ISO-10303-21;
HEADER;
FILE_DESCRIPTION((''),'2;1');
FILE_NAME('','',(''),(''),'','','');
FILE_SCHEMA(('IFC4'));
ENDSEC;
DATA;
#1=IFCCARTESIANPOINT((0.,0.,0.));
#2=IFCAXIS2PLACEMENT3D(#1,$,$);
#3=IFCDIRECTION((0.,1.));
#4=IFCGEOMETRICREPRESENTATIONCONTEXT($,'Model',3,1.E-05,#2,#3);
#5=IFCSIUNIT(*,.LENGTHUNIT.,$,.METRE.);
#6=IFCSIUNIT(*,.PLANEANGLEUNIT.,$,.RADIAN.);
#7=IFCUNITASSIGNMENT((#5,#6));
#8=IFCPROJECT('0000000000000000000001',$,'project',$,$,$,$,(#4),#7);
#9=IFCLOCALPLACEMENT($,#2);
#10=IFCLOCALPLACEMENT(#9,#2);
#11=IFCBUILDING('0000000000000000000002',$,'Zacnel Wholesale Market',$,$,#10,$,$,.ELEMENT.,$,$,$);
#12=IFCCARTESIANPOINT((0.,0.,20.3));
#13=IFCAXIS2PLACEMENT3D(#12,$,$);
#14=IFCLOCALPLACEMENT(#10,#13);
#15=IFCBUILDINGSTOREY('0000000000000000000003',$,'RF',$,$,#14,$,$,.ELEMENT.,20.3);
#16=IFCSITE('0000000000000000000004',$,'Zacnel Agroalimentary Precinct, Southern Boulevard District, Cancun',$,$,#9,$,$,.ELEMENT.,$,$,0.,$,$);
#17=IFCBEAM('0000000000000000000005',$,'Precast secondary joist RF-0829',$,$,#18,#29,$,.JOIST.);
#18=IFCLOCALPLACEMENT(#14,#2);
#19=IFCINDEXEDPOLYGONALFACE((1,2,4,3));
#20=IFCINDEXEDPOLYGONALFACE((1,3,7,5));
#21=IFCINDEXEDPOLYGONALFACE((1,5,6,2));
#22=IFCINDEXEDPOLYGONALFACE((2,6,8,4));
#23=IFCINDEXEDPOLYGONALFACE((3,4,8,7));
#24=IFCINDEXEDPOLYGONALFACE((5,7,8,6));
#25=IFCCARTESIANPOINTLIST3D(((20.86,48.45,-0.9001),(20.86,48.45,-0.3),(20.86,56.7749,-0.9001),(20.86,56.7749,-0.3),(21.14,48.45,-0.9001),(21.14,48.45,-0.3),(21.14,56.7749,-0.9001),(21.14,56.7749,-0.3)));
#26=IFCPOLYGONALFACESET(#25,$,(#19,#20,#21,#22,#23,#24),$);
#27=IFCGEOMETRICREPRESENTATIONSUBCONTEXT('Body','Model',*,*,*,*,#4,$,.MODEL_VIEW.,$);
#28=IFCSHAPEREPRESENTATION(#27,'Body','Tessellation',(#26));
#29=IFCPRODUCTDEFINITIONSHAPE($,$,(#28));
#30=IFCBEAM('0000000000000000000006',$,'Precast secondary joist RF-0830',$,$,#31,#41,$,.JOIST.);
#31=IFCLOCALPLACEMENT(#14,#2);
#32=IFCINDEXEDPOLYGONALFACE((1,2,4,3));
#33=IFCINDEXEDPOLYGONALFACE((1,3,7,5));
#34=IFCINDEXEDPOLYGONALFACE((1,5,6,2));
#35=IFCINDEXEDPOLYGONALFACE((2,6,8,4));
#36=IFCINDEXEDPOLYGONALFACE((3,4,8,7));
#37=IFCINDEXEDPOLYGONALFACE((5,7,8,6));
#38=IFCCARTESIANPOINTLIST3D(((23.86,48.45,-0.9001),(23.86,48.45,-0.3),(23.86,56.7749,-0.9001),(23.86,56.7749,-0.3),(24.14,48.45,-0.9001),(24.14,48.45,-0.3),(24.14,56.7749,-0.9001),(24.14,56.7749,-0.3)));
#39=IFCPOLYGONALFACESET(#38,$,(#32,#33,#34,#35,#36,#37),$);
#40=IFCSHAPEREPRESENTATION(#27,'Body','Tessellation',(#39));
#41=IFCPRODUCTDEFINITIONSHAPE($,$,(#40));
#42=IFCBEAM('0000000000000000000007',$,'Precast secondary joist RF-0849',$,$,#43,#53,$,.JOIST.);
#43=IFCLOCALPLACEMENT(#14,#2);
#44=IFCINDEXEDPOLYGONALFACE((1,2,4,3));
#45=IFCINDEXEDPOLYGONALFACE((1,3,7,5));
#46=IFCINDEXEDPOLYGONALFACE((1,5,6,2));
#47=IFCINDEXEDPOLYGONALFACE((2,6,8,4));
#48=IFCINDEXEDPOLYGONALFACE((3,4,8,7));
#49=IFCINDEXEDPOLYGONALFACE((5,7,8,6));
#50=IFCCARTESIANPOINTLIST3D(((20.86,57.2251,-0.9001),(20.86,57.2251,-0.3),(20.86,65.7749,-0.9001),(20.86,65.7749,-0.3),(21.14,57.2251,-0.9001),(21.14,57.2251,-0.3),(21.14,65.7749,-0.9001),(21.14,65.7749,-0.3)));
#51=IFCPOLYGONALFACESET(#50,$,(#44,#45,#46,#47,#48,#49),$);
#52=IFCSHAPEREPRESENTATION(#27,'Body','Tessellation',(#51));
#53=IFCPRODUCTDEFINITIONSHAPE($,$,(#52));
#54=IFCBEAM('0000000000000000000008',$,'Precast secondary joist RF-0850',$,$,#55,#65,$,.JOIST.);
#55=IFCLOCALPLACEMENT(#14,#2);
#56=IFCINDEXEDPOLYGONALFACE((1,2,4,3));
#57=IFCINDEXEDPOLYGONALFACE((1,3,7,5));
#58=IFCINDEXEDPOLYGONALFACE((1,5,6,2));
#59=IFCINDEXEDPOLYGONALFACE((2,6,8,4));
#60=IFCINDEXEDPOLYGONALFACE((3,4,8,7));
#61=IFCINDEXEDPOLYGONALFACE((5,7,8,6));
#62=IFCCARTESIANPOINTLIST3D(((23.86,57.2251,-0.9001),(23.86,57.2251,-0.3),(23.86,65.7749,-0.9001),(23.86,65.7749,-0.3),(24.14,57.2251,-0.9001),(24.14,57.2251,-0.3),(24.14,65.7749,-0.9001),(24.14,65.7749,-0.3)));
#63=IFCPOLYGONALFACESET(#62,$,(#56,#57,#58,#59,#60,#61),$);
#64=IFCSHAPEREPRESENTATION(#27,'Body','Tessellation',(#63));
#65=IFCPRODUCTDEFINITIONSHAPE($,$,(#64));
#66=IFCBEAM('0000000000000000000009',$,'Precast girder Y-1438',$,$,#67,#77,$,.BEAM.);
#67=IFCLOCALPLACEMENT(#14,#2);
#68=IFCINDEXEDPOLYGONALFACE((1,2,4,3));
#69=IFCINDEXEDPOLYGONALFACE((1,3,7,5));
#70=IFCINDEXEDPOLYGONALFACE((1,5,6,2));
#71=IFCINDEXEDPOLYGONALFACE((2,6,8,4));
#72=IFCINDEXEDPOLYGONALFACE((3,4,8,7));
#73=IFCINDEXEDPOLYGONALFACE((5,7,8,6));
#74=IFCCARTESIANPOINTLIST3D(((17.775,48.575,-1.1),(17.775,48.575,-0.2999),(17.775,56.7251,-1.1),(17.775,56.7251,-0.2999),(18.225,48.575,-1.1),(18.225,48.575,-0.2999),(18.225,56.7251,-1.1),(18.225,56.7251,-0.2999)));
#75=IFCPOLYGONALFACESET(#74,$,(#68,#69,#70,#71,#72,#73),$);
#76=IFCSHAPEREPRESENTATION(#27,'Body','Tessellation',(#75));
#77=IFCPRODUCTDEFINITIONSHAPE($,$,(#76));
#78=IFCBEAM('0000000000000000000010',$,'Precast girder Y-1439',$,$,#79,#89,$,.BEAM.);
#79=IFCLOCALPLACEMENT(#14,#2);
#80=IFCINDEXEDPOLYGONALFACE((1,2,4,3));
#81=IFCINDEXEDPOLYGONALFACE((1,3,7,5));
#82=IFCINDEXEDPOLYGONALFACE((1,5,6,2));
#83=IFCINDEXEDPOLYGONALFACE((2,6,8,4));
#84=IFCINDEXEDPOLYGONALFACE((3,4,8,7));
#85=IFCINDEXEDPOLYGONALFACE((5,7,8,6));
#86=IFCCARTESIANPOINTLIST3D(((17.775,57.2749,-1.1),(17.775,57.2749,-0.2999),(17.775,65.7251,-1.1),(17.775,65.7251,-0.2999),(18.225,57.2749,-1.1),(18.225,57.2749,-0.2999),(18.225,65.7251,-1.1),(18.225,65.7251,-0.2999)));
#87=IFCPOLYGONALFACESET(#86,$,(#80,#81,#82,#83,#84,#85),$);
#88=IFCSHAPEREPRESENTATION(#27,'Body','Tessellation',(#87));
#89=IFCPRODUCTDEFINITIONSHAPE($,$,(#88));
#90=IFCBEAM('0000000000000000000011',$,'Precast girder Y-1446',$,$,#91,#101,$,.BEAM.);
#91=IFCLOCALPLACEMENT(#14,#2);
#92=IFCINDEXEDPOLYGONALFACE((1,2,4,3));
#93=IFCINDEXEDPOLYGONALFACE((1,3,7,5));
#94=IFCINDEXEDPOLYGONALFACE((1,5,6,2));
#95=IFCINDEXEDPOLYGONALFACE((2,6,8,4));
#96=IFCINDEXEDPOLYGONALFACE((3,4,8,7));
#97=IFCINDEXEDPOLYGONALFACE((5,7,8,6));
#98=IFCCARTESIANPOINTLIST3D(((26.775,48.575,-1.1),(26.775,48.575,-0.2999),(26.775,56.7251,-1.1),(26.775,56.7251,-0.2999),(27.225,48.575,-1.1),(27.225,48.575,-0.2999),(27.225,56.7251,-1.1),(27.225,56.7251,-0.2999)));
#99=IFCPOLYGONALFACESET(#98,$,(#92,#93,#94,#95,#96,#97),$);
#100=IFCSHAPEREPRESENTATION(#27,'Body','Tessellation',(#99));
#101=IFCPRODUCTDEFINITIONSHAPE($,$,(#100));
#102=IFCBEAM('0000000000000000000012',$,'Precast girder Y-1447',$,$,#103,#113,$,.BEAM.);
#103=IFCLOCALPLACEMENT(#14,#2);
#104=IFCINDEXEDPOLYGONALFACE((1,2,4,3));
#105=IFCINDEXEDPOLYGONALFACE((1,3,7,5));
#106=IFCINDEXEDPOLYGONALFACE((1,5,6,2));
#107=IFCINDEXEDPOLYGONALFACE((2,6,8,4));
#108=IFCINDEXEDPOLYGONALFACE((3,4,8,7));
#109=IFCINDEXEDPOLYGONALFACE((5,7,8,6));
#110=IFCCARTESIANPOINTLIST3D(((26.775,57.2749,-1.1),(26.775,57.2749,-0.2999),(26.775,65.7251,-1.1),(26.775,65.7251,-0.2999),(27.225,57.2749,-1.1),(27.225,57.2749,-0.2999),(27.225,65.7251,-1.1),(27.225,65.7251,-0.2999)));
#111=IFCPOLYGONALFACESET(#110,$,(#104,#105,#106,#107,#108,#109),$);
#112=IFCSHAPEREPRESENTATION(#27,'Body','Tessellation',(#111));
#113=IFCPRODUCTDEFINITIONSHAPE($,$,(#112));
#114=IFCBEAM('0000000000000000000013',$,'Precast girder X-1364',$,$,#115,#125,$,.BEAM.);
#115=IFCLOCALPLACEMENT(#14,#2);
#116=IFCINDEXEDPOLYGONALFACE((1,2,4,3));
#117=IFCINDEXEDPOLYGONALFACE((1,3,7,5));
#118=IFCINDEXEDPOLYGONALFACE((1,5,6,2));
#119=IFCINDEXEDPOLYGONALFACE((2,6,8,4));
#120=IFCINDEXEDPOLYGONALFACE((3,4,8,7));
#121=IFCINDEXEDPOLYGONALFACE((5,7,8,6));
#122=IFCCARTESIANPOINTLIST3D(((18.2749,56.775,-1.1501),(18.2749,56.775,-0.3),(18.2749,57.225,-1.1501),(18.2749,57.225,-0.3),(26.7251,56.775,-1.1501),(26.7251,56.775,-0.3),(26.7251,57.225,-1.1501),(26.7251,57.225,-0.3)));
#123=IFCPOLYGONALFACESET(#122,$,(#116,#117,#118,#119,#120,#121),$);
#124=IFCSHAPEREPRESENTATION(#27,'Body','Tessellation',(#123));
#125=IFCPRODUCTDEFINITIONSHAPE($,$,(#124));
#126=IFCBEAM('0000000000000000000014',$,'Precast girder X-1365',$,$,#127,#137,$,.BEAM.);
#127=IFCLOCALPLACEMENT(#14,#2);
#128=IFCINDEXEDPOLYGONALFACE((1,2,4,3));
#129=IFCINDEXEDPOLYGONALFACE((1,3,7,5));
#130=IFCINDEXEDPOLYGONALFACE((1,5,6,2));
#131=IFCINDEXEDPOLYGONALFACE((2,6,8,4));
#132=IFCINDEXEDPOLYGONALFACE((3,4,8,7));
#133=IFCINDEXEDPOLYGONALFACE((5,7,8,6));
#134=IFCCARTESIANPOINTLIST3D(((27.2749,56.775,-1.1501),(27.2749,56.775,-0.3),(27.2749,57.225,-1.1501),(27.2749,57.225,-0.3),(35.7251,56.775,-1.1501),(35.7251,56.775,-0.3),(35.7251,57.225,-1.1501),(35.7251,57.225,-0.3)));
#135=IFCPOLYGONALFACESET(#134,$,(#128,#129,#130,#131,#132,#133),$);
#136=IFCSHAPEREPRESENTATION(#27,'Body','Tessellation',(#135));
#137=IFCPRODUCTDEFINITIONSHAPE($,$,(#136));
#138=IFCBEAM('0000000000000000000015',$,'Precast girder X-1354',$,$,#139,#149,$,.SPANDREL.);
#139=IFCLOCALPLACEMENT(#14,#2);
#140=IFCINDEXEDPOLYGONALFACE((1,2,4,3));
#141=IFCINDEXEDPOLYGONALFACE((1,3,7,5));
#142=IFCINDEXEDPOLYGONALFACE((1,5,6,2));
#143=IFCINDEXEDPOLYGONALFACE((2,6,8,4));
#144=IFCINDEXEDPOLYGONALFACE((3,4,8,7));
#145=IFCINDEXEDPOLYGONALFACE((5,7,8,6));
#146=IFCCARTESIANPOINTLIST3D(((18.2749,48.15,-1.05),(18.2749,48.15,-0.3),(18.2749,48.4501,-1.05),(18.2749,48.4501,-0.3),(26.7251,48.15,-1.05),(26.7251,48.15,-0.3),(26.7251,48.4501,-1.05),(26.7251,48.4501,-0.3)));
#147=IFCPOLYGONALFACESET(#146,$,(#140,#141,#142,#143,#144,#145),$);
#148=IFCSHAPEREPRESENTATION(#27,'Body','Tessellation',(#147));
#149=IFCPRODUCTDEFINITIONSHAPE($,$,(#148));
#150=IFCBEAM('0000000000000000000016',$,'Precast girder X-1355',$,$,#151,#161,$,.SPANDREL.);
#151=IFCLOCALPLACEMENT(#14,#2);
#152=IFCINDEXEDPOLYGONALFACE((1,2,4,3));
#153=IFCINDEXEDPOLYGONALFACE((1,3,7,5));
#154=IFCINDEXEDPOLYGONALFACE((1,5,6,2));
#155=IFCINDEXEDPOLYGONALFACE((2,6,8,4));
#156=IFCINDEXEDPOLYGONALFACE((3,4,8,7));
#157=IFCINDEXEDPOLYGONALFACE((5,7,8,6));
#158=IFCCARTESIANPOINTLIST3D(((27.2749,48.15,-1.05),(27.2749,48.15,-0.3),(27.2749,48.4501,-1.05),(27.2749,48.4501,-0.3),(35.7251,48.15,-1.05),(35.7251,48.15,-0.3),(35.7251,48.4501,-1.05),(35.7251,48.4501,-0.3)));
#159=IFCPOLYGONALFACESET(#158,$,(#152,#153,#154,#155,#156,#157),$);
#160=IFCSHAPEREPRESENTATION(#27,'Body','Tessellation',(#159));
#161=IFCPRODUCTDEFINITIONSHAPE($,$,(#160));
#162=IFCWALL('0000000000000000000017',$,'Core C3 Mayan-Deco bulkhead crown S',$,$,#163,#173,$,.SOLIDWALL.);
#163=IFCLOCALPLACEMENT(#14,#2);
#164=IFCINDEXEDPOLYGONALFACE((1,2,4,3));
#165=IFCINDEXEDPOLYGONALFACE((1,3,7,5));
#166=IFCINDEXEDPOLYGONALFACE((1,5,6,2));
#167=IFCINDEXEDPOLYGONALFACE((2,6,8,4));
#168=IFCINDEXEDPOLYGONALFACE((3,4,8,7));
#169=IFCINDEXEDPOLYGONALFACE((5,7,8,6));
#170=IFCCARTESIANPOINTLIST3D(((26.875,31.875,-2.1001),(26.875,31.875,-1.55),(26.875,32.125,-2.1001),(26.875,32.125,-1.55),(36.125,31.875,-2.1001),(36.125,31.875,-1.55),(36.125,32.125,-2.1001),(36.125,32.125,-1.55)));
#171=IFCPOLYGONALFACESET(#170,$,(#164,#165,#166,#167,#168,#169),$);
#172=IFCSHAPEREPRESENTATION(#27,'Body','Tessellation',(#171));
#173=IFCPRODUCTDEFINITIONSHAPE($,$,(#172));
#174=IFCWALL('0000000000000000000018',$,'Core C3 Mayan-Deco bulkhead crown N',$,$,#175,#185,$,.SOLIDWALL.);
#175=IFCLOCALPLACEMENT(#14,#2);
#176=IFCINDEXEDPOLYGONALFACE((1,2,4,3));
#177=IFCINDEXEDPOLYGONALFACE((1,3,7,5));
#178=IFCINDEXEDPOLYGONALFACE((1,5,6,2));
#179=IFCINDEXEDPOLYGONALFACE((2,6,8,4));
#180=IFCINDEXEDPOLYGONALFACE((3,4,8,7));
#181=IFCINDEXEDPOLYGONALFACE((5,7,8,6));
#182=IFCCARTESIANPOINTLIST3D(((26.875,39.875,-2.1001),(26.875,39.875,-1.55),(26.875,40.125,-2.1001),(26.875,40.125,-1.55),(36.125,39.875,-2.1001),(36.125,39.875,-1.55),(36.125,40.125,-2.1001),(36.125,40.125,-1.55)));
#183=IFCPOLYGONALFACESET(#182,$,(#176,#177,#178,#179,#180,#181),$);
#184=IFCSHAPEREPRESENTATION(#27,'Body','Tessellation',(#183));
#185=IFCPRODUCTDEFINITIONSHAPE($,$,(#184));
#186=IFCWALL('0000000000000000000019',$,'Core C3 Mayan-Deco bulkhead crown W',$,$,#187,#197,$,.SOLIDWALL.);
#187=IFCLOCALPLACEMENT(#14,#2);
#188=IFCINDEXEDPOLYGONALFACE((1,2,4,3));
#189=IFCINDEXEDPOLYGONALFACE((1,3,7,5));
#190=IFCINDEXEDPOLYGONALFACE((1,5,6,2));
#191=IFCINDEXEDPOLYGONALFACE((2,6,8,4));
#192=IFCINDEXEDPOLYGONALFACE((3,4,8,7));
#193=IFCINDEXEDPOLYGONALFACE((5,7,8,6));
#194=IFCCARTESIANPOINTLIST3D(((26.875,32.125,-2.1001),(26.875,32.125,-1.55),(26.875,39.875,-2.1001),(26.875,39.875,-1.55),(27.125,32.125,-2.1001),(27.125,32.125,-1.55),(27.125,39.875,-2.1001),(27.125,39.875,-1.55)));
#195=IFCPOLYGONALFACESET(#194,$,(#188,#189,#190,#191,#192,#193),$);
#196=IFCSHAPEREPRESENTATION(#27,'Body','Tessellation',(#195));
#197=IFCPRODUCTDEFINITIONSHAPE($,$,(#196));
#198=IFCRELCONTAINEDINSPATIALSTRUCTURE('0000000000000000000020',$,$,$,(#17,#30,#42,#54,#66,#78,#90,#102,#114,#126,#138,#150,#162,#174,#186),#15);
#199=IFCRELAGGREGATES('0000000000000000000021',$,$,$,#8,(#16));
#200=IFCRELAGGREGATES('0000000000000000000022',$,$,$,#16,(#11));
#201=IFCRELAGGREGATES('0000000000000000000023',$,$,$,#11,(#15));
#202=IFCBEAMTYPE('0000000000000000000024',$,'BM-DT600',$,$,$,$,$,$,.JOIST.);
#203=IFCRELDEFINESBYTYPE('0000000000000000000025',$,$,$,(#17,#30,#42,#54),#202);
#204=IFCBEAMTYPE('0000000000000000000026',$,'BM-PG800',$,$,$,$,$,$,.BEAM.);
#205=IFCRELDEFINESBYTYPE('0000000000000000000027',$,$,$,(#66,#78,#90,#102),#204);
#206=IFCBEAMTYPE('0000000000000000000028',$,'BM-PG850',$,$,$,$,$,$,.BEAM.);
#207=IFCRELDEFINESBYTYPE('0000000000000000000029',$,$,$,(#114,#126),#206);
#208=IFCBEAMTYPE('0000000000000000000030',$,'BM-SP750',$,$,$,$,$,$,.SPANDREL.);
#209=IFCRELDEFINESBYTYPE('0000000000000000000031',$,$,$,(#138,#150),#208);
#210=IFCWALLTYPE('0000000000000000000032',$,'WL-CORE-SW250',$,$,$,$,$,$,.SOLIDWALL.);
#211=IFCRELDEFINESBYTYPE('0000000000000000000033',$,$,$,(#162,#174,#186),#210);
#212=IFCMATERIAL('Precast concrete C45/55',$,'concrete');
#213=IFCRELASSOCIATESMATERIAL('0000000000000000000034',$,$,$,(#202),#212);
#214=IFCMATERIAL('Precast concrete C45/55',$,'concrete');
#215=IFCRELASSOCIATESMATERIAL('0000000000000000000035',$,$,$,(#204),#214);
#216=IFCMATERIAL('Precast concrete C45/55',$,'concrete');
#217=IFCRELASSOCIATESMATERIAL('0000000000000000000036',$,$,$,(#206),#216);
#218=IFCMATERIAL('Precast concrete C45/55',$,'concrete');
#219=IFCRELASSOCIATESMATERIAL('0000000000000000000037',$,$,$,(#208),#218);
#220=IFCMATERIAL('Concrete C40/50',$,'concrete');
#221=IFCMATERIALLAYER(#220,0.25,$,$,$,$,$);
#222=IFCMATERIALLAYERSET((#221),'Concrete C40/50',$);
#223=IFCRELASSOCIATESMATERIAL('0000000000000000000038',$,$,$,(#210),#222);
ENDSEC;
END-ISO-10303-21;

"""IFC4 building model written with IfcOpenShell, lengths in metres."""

from ifc_helpers import new_model, si_unit, direction, frame, frame_2d, origin, origin_2d, place, context, subcontext, project, spatial, rectangle, extrude, material, layer, layer_set, material_profile, profile_set, type_object, element, save


model = new_model("IFC4")

# Units and contexts
model_context = context("Model", 3, precision=1e-05, world=origin(), true_north=direction((0.0, 1.0)))
body_context = subcontext(model_context, "Body", "Model", "MODEL_VIEW")
ifc_project = project(units=[si_unit("LENGTHUNIT", "METRE"), si_unit("PLANEANGLEUNIT", "RADIAN")], contexts=[model_context])

# Site, building, storey
site_placement = place(None, origin())
site = spatial("IfcSite", under=ifc_project, at=site_placement, Name="Zacnel Agroalimentary Precinct, Southern Boulevard District, Cancun", CompositionType="ELEMENT", RefElevation=0.0)
building_placement = place(site_placement, origin())
building = spatial("IfcBuilding", under=site, at=building_placement, Name="Zacnel Wholesale Market", CompositionType="ELEMENT")
storey_placement = place(building_placement, frame((0.0, 0.0, 20.3)))
storey = spatial("IfcBuildingStorey", under=building, at=storey_placement, Name="RF", CompositionType="ELEMENT", Elevation=20.3)

# Beams
ifc_material_1 = material(Name="Precast concrete C45/55", Category="concrete")
ifc_material_profile_1 = material_profile(ifc_material_1, rectangle(XDim=0.28, YDim=0.6001, at=origin_2d()), Name="DT RIB 280x600")
ifc_profile_set_1 = profile_set([ifc_material_profile_1], Name="Precast concrete C45/55")
beam_type_1 = type_object("IfcBeamType", Name="BM-DT600", PredefinedType="JOIST", material=ifc_profile_set_1)
for number, where, z_axis, x_axis, name in (
    (1, (21.0, 48.45, -0.6001), (0.0, 1.0, 0.0), (-1.0, 0.0, 0.0), "Precast secondary joist RF-0829"),
    (2, (24.0, 48.45, -0.6001), (0.0, 1.0, 0.0), (-1.0, 0.0, 0.0), "Precast secondary joist RF-0830"),
):
    element("IfcBeam", number, at=place(storey_placement, frame(where, z_axis=z_axis, x_axis=x_axis)), inside=storey, type_object=beam_type_1, Name=name, PredefinedType="JOIST", context=body_context, shape_type="SweptSolid", body=[
        extrude(rectangle(XDim=0.28, YDim=0.6001, at=origin_2d()), origin(), (0.0, 0.0, 1.0), 8.325),
    ])
for number, where, z_axis, x_axis, name in (
    (3, (21.0, 57.2251, -0.6001), (0.0, 1.0, 0.0), (-1.0, 0.0, 0.0), "Precast secondary joist RF-0849"),
    (4, (24.0, 57.2251, -0.6001), (0.0, 1.0, 0.0), (-1.0, 0.0, 0.0), "Precast secondary joist RF-0850"),
):
    element("IfcBeam", number, at=place(storey_placement, frame(where, z_axis=z_axis, x_axis=x_axis)), inside=storey, type_object=beam_type_1, Name=name, PredefinedType="JOIST", context=body_context, shape_type="SweptSolid", body=[
        extrude(rectangle(XDim=0.28, YDim=0.6001, at=origin_2d()), origin(), (0.0, 0.0, 1.0), 8.5498),
    ])
ifc_material_2 = material(Name="Precast concrete C45/55", Category="concrete")
ifc_material_profile_2 = material_profile(ifc_material_2, rectangle(XDim=0.45, YDim=0.8, at=origin_2d()), Name="PG 450x800")
ifc_profile_set_2 = profile_set([ifc_material_profile_2], Name="Precast concrete C45/55")
beam_type_2 = type_object("IfcBeamType", Name="BM-PG800", PredefinedType="BEAM", material=ifc_profile_set_2)
beam_1_placement = place(storey_placement, frame((18.0, 48.575, -0.7), z_axis=(0.0, 1.0, 0.0), x_axis=(-1.0, 0.0, 0.0)))
element("IfcBeam", 5, at=beam_1_placement, inside=storey, type_object=beam_type_2, Name="Precast girder Y-1438", PredefinedType="BEAM", context=body_context, shape_type="SweptSolid", body=[
    extrude(rectangle(XDim=0.45, YDim=0.8, at=origin_2d()), origin(), (0.0, 0.0, 1.0), 8.1501),
])
beam_2_placement = place(storey_placement, frame((18.0, 57.2749, -0.7), z_axis=(0.0, 1.0, 0.0), x_axis=(-1.0, 0.0, 0.0)))
element("IfcBeam", 6, at=beam_2_placement, inside=storey, type_object=beam_type_2, Name="Precast girder Y-1439", PredefinedType="BEAM", context=body_context, shape_type="SweptSolid", body=[
    extrude(rectangle(XDim=0.45, YDim=0.8, at=origin_2d()), origin(), (0.0, 0.0, 1.0), 8.4502),
])
beam_3_placement = place(storey_placement, frame((27.0, 48.575, -0.7), z_axis=(0.0, 1.0, 0.0), x_axis=(-1.0, 0.0, 0.0)))
element("IfcBeam", 7, at=beam_3_placement, inside=storey, type_object=beam_type_2, Name="Precast girder Y-1446", PredefinedType="BEAM", context=body_context, shape_type="SweptSolid", body=[
    extrude(rectangle(XDim=0.45, YDim=0.8, at=origin_2d()), origin(), (0.0, 0.0, 1.0), 8.1501),
])
beam_4_placement = place(storey_placement, frame((27.0, 57.2749, -0.7), z_axis=(0.0, 1.0, 0.0), x_axis=(-1.0, 0.0, 0.0)))
element("IfcBeam", 8, at=beam_4_placement, inside=storey, type_object=beam_type_2, Name="Precast girder Y-1447", PredefinedType="BEAM", context=body_context, shape_type="SweptSolid", body=[
    extrude(rectangle(XDim=0.45, YDim=0.8, at=origin_2d()), origin(), (0.0, 0.0, 1.0), 8.4502),
])
ifc_material_3 = material(Name="Precast concrete C45/55", Category="concrete")
ifc_material_profile_3 = material_profile(ifc_material_3, rectangle(XDim=0.45, YDim=0.8501, at=origin_2d()), Name="PG 450x850")
ifc_profile_set_3 = profile_set([ifc_material_profile_3], Name="Precast concrete C45/55")
beam_type_3 = type_object("IfcBeamType", Name="BM-PG850", PredefinedType="BEAM", material=ifc_profile_set_3)
for number, where, z_axis, x_axis, name in (
    (9, (18.2749, 57.0, -0.7251), (1.0, 0.0, 0.0), (0.0, 1.0, 0.0), "Precast girder X-1364"),
    (10, (27.2749, 57.0, -0.7251), (1.0, 0.0, 0.0), (0.0, 1.0, 0.0), "Precast girder X-1365"),
):
    element("IfcBeam", number, at=place(storey_placement, frame(where, z_axis=z_axis, x_axis=x_axis)), inside=storey, type_object=beam_type_3, Name=name, PredefinedType="BEAM", context=body_context, shape_type="SweptSolid", body=[
        extrude(rectangle(XDim=0.45, YDim=0.8501, at=origin_2d()), origin(), (0.0, 0.0, 1.0), 8.4502),
    ])
ifc_material_4 = material(Name="Precast concrete C45/55", Category="concrete")
ifc_material_profile_4 = material_profile(ifc_material_4, rectangle(XDim=0.3, YDim=0.75, at=origin_2d()), Name="SP 300x750")
ifc_profile_set_4 = profile_set([ifc_material_profile_4], Name="Precast concrete C45/55")
beam_type_4 = type_object("IfcBeamType", Name="BM-SP750", PredefinedType="SPANDREL", material=ifc_profile_set_4)
for number, where, z_axis, x_axis, name in (
    (11, (18.2749, 48.3, -0.675), (1.0, 0.0, 0.0), (0.0, 1.0, 0.0), "Precast girder X-1354"),
    (12, (27.2749, 48.3, -0.675), (1.0, 0.0, 0.0), (0.0, 1.0, 0.0), "Precast girder X-1355"),
):
    element("IfcBeam", number, at=place(storey_placement, frame(where, z_axis=z_axis, x_axis=x_axis)), inside=storey, type_object=beam_type_4, Name=name, PredefinedType="SPANDREL", context=body_context, shape_type="SweptSolid", body=[
        extrude(rectangle(XDim=0.3, YDim=0.75, at=origin_2d()), origin(), (0.0, 0.0, 1.0), 8.4502),
    ])

# Walls
ifc_material_5 = material(Name="Concrete C40/50", Category="concrete")
ifc_layer_1 = layer(ifc_material_5, 0.25)
ifc_layer_set_1 = layer_set([ifc_layer_1], Name="Concrete C40/50")
wall_type_1 = type_object("IfcWallType", Name="WL-CORE-SW250", PredefinedType="SOLIDWALL", material=ifc_layer_set_1)
for number, where, z_axis, x_axis, name in (
    (13, (26.875, 32.0, -2.1001), (0.0, 0.0, 1.0), (1.0, 0.0, 0.0), "Core C3 Mayan-Deco bulkhead crown S"),
    (14, (26.875, 40.0, -2.1001), (0.0, 0.0, 1.0), (1.0, 0.0, 0.0), "Core C3 Mayan-Deco bulkhead crown N"),
):
    element("IfcWall", number, at=place(storey_placement, frame(where, z_axis=z_axis, x_axis=x_axis)), inside=storey, type_object=wall_type_1, Name=name, PredefinedType="SOLIDWALL", context=body_context, shape_type="SweptSolid", body=[
        extrude(rectangle(XDim=9.25, YDim=0.25, at=frame_2d((4.625, 0.0))), origin(), (0.0, 0.0, 1.0), 0.55),
    ])
wall_1_placement = place(storey_placement, frame((27.0, 32.125, -2.1001), z_axis=(0.0, 0.0, 1.0), x_axis=(0.0, 1.0, 0.0)))
element("IfcWall", 15, at=wall_1_placement, inside=storey, type_object=wall_type_1, Name="Core C3 Mayan-Deco bulkhead crown W", PredefinedType="SOLIDWALL", context=body_context, shape_type="SweptSolid", body=[
    extrude(rectangle(XDim=7.75, YDim=0.25, at=frame_2d((3.875, 0.0))), origin(), (0.0, 0.0, 1.0), 0.55),
])

save(model, "model.ifc")
